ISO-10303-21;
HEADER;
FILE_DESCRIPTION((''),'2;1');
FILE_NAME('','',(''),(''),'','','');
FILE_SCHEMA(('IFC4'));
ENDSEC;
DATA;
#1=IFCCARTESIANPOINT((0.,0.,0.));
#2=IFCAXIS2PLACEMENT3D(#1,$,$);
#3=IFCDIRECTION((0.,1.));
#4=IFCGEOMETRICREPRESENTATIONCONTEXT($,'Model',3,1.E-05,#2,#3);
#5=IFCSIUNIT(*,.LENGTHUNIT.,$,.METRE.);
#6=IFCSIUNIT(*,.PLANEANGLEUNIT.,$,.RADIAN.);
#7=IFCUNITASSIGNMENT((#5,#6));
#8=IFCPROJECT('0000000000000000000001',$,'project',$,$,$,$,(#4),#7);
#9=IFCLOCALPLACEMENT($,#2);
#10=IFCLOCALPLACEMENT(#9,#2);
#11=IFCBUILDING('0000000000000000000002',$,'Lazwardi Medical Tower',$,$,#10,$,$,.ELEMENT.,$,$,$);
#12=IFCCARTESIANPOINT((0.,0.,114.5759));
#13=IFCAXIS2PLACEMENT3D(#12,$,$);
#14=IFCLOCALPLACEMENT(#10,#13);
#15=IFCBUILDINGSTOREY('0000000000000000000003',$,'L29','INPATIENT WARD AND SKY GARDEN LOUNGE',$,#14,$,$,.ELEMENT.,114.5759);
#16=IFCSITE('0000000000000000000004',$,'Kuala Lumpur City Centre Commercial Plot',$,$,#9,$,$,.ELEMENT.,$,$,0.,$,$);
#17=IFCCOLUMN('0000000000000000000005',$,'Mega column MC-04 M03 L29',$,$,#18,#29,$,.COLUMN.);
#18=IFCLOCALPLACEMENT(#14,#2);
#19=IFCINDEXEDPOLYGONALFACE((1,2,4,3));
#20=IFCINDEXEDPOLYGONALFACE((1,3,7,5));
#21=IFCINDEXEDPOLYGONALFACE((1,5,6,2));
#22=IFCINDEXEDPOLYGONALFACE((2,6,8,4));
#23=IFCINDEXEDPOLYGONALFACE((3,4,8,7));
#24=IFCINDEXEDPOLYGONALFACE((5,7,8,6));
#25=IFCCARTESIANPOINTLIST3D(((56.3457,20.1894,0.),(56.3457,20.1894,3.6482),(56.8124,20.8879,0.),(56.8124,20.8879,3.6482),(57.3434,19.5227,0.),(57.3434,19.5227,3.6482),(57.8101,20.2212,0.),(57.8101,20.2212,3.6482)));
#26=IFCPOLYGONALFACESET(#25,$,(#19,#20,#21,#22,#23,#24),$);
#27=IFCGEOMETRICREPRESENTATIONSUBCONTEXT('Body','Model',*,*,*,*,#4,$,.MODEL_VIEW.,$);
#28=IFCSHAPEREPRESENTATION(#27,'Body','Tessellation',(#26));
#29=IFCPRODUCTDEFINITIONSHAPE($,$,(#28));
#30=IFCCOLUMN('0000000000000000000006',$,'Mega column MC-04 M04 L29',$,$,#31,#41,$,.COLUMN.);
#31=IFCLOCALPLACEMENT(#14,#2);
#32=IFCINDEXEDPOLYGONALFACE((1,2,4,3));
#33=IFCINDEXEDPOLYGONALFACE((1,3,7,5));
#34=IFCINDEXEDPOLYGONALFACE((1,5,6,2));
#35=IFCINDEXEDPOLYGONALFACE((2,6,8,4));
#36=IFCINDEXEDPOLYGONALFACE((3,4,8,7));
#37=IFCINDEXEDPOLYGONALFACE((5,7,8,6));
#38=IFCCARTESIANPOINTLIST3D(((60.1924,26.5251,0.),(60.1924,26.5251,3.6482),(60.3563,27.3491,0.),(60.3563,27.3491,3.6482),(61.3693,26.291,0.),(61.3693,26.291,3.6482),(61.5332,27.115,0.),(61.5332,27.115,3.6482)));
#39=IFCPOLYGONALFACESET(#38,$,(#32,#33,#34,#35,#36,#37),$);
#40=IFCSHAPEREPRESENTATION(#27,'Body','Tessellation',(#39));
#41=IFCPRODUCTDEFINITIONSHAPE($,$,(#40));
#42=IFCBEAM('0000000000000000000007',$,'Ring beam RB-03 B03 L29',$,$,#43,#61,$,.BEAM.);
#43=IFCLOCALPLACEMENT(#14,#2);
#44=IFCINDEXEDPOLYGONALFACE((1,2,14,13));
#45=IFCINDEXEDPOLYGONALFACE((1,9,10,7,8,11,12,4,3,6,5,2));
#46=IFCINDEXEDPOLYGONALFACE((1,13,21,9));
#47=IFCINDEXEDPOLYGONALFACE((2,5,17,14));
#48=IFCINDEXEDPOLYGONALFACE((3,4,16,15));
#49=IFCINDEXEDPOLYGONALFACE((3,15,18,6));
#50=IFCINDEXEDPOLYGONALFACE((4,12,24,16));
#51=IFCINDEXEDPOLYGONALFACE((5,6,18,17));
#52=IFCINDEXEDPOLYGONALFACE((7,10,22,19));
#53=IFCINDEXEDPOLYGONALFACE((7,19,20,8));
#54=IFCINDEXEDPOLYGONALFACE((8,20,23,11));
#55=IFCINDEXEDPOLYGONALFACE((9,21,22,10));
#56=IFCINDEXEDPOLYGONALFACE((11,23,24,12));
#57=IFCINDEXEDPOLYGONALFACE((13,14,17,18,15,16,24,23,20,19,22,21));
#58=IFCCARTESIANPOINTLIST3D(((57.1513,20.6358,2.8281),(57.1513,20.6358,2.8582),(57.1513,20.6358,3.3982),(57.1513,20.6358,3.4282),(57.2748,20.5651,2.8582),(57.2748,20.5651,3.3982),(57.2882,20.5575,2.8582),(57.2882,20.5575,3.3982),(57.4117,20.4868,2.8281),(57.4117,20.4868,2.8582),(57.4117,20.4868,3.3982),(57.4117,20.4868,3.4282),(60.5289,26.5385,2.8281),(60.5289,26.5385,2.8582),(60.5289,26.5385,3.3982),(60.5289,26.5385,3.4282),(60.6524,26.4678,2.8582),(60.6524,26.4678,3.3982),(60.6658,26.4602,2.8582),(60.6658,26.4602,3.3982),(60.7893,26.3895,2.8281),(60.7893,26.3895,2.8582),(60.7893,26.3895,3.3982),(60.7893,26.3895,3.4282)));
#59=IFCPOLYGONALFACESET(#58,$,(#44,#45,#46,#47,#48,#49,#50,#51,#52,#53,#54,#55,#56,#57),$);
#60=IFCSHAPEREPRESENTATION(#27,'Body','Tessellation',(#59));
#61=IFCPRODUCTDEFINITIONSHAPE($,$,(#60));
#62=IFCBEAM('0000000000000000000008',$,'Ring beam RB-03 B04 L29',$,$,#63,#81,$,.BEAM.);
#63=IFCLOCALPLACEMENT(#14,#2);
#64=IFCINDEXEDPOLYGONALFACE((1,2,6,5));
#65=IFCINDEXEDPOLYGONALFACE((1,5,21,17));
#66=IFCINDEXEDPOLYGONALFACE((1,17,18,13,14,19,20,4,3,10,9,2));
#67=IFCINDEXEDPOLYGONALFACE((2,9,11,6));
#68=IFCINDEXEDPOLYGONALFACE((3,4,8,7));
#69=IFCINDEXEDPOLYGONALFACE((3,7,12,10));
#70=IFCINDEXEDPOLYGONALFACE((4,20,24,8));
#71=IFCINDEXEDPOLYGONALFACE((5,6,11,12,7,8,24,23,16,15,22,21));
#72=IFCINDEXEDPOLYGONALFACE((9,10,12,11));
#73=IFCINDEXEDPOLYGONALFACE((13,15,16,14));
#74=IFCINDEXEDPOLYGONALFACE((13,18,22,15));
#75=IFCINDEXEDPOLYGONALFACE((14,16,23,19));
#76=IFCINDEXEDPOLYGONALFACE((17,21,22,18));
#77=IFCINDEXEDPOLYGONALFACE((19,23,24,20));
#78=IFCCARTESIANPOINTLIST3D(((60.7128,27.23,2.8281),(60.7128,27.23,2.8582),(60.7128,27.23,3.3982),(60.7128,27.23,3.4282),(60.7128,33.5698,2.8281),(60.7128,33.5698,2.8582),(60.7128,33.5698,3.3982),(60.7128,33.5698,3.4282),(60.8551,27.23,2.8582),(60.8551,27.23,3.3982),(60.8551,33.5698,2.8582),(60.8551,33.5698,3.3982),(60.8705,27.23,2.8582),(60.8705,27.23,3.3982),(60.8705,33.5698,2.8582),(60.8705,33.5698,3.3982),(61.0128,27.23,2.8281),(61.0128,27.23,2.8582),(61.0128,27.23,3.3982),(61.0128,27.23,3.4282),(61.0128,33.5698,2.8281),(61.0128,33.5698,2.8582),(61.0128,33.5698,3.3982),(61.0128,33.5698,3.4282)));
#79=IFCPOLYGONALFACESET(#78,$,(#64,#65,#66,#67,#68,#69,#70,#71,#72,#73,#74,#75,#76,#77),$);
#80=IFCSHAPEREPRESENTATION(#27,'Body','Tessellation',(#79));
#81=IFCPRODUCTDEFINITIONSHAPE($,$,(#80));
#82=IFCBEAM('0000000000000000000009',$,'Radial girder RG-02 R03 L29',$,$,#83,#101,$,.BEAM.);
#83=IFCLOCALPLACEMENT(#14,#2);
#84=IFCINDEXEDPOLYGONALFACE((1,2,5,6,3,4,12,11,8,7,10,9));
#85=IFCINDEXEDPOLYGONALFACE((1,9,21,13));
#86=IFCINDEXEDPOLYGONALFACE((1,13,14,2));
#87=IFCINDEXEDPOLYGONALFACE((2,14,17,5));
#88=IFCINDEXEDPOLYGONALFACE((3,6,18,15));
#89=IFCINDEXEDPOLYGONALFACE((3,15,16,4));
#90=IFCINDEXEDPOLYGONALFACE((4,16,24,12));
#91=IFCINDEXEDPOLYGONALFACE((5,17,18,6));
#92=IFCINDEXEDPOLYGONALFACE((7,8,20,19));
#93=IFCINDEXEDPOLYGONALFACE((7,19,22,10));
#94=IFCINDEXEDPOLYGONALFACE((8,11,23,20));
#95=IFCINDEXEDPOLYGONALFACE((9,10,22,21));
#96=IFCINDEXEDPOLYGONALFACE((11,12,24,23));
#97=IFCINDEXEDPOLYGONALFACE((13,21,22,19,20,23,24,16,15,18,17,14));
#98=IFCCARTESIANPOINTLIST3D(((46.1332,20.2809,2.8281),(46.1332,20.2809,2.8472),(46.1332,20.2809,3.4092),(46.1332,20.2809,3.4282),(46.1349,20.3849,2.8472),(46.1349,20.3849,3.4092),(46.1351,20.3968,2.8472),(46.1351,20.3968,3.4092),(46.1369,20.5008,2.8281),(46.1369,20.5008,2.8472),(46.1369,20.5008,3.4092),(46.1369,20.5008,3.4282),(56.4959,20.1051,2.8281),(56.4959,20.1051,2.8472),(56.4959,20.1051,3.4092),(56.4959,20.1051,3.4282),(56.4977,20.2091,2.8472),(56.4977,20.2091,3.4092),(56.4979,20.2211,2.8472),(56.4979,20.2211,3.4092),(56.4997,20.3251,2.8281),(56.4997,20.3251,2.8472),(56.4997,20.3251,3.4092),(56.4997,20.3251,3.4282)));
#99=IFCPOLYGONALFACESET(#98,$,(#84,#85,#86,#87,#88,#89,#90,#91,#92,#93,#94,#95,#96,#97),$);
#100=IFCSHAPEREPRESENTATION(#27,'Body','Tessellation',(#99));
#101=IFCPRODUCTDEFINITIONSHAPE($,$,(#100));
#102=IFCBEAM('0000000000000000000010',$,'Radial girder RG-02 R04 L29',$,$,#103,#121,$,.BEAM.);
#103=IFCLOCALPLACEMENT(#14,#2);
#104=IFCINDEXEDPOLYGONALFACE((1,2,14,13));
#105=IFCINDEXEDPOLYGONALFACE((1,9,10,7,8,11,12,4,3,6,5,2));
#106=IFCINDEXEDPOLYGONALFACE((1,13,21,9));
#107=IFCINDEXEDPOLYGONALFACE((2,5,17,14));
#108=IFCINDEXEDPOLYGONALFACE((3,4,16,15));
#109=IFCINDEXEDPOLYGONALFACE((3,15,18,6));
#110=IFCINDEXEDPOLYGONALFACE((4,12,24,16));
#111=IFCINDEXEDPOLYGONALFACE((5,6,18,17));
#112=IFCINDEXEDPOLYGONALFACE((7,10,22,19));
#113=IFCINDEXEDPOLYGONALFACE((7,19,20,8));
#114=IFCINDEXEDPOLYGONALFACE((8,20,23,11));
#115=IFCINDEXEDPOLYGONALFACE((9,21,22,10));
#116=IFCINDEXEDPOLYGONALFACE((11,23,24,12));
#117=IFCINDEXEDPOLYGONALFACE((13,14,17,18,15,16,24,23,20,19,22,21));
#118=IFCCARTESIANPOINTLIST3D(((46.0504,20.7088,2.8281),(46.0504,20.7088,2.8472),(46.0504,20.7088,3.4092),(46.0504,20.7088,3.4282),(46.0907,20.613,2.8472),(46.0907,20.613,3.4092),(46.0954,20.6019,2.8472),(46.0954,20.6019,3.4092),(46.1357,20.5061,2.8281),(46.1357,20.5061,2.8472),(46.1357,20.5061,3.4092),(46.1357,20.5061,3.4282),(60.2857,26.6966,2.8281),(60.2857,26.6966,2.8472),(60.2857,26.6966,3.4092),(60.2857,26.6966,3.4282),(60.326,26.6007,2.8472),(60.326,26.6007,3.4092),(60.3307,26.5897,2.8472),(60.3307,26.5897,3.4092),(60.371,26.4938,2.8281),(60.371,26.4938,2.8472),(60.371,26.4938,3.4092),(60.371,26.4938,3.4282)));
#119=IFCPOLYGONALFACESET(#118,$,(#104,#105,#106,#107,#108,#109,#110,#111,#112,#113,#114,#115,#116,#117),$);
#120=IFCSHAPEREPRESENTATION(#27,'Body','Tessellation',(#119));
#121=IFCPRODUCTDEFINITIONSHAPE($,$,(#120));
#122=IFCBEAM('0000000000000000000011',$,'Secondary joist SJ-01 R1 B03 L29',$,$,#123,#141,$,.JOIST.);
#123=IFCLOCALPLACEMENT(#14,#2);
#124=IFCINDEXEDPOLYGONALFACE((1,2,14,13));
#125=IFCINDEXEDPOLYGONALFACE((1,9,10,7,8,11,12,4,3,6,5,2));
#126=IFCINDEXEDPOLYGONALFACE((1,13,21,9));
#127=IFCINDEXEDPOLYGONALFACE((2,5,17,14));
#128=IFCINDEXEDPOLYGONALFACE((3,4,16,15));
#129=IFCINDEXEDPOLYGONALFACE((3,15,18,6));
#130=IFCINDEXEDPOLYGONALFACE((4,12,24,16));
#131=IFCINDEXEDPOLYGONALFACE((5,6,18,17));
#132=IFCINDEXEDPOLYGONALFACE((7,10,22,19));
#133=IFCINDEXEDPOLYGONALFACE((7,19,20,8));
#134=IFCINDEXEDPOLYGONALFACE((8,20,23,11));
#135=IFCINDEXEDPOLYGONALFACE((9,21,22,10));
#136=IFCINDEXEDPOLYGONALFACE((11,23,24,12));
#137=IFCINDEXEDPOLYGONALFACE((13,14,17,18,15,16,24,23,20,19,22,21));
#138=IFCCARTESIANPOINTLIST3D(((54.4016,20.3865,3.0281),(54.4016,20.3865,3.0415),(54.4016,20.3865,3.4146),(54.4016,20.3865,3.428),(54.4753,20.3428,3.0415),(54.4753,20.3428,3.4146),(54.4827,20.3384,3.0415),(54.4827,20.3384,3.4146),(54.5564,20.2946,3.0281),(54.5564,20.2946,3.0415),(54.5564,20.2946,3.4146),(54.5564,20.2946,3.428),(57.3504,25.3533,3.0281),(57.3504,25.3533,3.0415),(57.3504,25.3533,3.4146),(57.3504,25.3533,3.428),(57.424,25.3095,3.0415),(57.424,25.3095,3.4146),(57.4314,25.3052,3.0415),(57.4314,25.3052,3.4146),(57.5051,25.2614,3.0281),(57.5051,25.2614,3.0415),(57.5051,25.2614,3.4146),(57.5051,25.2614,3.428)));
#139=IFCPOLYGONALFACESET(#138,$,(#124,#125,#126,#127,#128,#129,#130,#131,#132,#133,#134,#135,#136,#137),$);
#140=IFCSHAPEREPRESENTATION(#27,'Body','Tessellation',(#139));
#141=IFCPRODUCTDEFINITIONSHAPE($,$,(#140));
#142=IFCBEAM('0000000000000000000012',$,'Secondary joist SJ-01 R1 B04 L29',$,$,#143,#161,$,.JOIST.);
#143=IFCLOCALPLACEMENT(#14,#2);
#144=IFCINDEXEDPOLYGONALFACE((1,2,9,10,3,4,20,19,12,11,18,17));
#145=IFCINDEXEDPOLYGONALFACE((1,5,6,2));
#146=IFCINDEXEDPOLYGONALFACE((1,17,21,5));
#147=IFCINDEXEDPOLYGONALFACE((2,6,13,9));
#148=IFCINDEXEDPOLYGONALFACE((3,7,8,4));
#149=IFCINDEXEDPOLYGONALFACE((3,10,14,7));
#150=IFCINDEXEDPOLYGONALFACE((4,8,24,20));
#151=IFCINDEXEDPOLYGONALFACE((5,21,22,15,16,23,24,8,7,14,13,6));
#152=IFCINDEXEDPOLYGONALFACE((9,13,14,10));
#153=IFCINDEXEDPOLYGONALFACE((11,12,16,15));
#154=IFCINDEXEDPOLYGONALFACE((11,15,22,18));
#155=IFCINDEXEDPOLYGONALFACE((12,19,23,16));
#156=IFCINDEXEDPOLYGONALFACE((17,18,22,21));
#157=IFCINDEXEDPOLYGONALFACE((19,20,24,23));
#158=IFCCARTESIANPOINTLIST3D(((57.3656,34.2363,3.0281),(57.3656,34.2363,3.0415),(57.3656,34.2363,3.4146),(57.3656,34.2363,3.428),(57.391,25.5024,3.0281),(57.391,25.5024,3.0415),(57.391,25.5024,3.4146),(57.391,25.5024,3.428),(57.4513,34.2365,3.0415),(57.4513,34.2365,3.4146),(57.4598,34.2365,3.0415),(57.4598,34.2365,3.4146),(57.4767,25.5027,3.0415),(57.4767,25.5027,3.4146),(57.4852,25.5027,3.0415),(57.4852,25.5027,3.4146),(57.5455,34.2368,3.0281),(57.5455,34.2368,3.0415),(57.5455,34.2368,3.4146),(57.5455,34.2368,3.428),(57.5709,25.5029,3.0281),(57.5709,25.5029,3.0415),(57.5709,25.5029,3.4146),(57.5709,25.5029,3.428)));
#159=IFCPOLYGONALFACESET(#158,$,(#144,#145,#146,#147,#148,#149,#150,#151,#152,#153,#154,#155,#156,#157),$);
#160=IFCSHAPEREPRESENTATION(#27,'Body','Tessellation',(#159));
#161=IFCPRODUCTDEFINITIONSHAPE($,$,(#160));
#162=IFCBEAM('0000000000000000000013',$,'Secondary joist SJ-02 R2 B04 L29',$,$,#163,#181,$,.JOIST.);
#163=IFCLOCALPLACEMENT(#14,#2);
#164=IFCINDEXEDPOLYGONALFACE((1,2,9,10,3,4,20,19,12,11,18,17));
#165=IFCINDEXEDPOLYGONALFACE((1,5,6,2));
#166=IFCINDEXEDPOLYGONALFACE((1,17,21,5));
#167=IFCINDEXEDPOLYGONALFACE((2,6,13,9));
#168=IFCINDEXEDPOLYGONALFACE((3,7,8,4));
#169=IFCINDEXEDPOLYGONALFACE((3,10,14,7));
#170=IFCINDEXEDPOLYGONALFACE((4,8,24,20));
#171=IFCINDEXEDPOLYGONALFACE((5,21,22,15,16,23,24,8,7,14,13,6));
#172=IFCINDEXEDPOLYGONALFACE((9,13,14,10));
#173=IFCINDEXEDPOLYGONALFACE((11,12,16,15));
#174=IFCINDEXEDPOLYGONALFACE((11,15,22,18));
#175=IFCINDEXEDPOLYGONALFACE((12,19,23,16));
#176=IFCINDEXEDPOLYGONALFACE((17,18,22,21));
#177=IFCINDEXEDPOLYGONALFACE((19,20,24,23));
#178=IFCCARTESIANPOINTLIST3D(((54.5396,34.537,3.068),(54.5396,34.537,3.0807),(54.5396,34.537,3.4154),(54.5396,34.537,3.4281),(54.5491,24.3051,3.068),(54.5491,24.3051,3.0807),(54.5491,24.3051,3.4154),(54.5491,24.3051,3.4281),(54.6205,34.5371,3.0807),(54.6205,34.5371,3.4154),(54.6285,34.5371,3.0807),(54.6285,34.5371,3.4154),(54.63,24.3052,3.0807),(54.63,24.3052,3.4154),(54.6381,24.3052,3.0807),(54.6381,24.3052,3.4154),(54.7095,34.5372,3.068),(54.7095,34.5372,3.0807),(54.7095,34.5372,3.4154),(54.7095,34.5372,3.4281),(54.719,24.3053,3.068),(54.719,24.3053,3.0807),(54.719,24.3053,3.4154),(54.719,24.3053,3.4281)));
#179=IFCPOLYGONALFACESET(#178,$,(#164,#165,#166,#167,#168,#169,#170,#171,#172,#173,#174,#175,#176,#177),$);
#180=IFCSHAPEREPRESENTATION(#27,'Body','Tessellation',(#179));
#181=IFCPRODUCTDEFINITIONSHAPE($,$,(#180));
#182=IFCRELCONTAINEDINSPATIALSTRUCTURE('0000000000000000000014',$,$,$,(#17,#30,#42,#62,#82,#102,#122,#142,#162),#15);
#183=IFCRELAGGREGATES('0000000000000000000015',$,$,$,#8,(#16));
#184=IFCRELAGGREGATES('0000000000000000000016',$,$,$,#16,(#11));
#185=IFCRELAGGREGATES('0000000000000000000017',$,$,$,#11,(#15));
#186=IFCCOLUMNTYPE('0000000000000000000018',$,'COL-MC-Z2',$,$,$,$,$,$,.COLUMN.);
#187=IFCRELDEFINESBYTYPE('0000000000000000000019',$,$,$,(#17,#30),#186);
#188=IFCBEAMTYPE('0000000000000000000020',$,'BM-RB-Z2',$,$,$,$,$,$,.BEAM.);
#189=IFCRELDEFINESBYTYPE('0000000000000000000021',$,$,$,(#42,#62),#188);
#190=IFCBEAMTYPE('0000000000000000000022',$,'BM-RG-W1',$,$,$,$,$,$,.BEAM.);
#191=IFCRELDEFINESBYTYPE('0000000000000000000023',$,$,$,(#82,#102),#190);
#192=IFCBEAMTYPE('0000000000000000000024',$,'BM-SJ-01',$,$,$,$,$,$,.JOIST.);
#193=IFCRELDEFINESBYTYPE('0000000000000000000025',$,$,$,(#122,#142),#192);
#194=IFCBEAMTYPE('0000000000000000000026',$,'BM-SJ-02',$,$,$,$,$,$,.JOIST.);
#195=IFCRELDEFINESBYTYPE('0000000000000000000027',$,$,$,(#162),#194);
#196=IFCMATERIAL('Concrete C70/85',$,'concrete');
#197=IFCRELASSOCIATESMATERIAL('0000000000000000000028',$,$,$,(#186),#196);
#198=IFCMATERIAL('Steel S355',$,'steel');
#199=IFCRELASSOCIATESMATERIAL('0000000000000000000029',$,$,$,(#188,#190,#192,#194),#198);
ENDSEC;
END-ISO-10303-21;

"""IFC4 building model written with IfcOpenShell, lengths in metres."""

from ifc_helpers import new_model, si_unit, direction, frame, origin, origin_2d, place, context, subcontext, project, spatial, rectangle, i_section, extrude, material, material_profile, profile_set, type_object, element, save


model = new_model("IFC4")

# Units and contexts
model_context = context("Model", 3, precision=1e-05, world=origin(), true_north=direction((0.0, 1.0)))
body_context = subcontext(model_context, "Body", "Model", "MODEL_VIEW")
ifc_project = project(units=[si_unit("LENGTHUNIT", "METRE"), si_unit("PLANEANGLEUNIT", "RADIAN")], contexts=[model_context])

# Site, building, storey
site_placement = place(None, origin())
site = spatial("IfcSite", under=ifc_project, at=site_placement, Name="Kuala Lumpur City Centre Commercial Plot", CompositionType="ELEMENT", RefElevation=0.0)
building_placement = place(site_placement, origin())
building = spatial("IfcBuilding", under=site, at=building_placement, Name="Lazwardi Medical Tower", CompositionType="ELEMENT")
storey_placement = place(building_placement, frame((0.0, 0.0, 114.5759)))
storey = spatial("IfcBuildingStorey", under=building, at=storey_placement, Name="L29", Description="INPATIENT WARD AND SKY GARDEN LOUNGE", CompositionType="ELEMENT", Elevation=114.5759)

# Columns
ifc_material_1 = material(Name="Concrete C70/85", Category="concrete")
ifc_material_profile_1 = material_profile(ifc_material_1, rectangle(XDim=1.2, YDim=0.8401, at=origin_2d()), Name="CFT-RECT 1200x840")
ifc_profile_set_1 = profile_set([ifc_material_profile_1], Name="Concrete C70/85")
column_type = type_object("IfcColumnType", Name="COL-MC-Z2", PredefinedType="COLUMN", material=ifc_profile_set_1)
for number, where, z_axis, x_axis, name in (
    (1, (57.0779, 20.2053, 0.0), (0.0, 0.0, 1.0), (0.83147, -0.55557, 0.0), "Mega column MC-04 M03 L29"),
    (2, (60.8628, 26.8201, 0.0), (0.0, 0.0, 1.0), (0.980785, -0.19509, 0.0), "Mega column MC-04 M04 L29"),
):
    element("IfcColumn", number, at=place(storey_placement, frame(where, z_axis=z_axis, x_axis=x_axis)), inside=storey, type_object=column_type, Name=name, PredefinedType="COLUMN", context=body_context, shape_type="SweptSolid", body=[
        extrude(rectangle(XDim=1.2, YDim=0.8401, at=origin_2d()), origin(), (0.0, 0.0, 1.0), 3.6482),
    ])

# Beams
ifc_material_2 = material(Name="Steel S355", Category="steel")
ifc_material_profile_2 = material_profile(ifc_material_2, i_section(OverallWidth=0.3, OverallDepth=0.6001, WebThickness=0.0154, FlangeThickness=0.03, at=origin_2d()), Name="HEB 600")
ifc_profile_set_2 = profile_set([ifc_material_profile_2], Name="Steel S355")
beam_type_1 = type_object("IfcBeamType", Name="BM-RB-Z2", PredefinedType="BEAM", material=ifc_profile_set_2)
beam_1_placement = place(storey_placement, frame((57.2815, 20.5613, 3.1282), z_axis=(0.496653, 0.867949, 0.0), x_axis=(-0.867949, 0.496653, 0.0)))
element("IfcBeam", 3, at=beam_1_placement, inside=storey, type_object=beam_type_1, Name="Ring beam RB-03 B03 L29", PredefinedType="BEAM", context=body_context, shape_type="SweptSolid", body=[
    extrude(i_section(OverallWidth=0.3, OverallDepth=0.6001, WebThickness=0.0154, FlangeThickness=0.03, at=origin_2d()), origin(), (0.0, 0.0, 1.0), 6.8008),
])
beam_2_placement = place(storey_placement, frame((60.8628, 27.23, 3.1282), z_axis=(0.0, 1.0, 0.0), x_axis=(-1.0, 0.0, 0.0)))
element("IfcBeam", 4, at=beam_2_placement, inside=storey, type_object=beam_type_1, Name="Ring beam RB-03 B04 L29", PredefinedType="BEAM", context=body_context, shape_type="SweptSolid", body=[
    extrude(i_section(OverallWidth=0.3, OverallDepth=0.6001, WebThickness=0.0154, FlangeThickness=0.03, at=origin_2d()), origin(), (0.0, 0.0, 1.0), 6.3398),
])
ifc_material_profile_3 = material_profile(ifc_material_2, i_section(OverallWidth=0.22, OverallDepth=0.6001, WebThickness=0.012, FlangeThickness=0.019, at=origin_2d()), Name="IPE 600")
ifc_profile_set_3 = profile_set([ifc_material_profile_3], Name="Steel S355")
beam_type_2 = type_object("IfcBeamType", Name="BM-RG-W1", PredefinedType="BEAM", material=ifc_profile_set_3)
beam_3_placement = place(storey_placement, frame((56.4978, 20.2151, 3.1282), z_axis=(-0.999856, 0.01696, 0.0), x_axis=(-0.01696, -0.999856, 0.0)))
element("IfcBeam", 5, at=beam_3_placement, inside=storey, type_object=beam_type_2, Name="Radial girder RG-02 R03 L29", PredefinedType="BEAM", context=body_context, shape_type="SweptSolid", body=[
    extrude(i_section(OverallWidth=0.22, OverallDepth=0.6001, WebThickness=0.012, FlangeThickness=0.019, at=origin_2d()), origin(), (0.0, 0.0, 1.0), 10.3643),
])
beam_4_placement = place(storey_placement, frame((60.3284, 26.5952, 3.1282), z_axis=(-0.921775, -0.387725, 0.0), x_axis=(0.387725, -0.921775, 0.0)))
element("IfcBeam", 6, at=beam_4_placement, inside=storey, type_object=beam_type_2, Name="Radial girder RG-02 R04 L29", PredefinedType="BEAM", context=body_context, shape_type="SweptSolid", body=[
    extrude(i_section(OverallWidth=0.22, OverallDepth=0.6001, WebThickness=0.012, FlangeThickness=0.019, at=origin_2d()), origin(), (0.0, 0.0, 1.0), 15.4434),
])
ifc_material_profile_4 = material_profile(ifc_material_2, i_section(OverallWidth=0.1799, OverallDepth=0.3999, WebThickness=0.0085, FlangeThickness=0.0134, at=origin_2d()), Name="IPE 400")
ifc_profile_set_4 = profile_set([ifc_material_profile_4], Name="Steel S355")
beam_type_3 = type_object("IfcBeamType", Name="BM-SJ-01", PredefinedType="JOIST", material=ifc_profile_set_4)
beam_5_placement = place(storey_placement, frame((54.479, 20.3406, 3.228), z_axis=(0.5105, 0.859878, 0.0), x_axis=(-0.859878, 0.5105, 0.0)))
element("IfcBeam", 7, at=beam_5_placement, inside=storey, type_object=beam_type_3, Name="Secondary joist SJ-01 R1 B03 L29", PredefinedType="JOIST", context=body_context, shape_type="SweptSolid", body=[
    extrude(i_section(OverallWidth=0.1799, OverallDepth=0.3999, WebThickness=0.0085, FlangeThickness=0.0134, at=origin_2d()), origin(), (0.0, 0.0, 1.0), 5.7761),
])
beam_6_placement = place(storey_placement, frame((57.481, 25.5027, 3.228), z_axis=(-0.002907, 0.999996, 0.0), x_axis=(-0.999996, -0.002907, 0.0)))
element("IfcBeam", 8, at=beam_6_placement, inside=storey, type_object=beam_type_3, Name="Secondary joist SJ-01 R1 B04 L29", PredefinedType="JOIST", context=body_context, shape_type="SweptSolid", body=[
    extrude(i_section(OverallWidth=0.1799, OverallDepth=0.3999, WebThickness=0.0085, FlangeThickness=0.0134, at=origin_2d()), origin(), (0.0, 0.0, 1.0), 8.7339),
])
ifc_material_profile_5 = material_profile(ifc_material_2, i_section(OverallWidth=0.1699, OverallDepth=0.3601, WebThickness=0.0081, FlangeThickness=0.0127, at=origin_2d()), Name="IPE 360")
ifc_profile_set_5 = profile_set([ifc_material_profile_5], Name="Steel S355")
beam_type_4 = type_object("IfcBeamType", Name="BM-SJ-02", PredefinedType="JOIST", material=ifc_profile_set_5)
beam_7_placement = place(storey_placement, frame((54.634, 24.3052, 3.248), z_axis=(-0.000931, 1.0, 0.0), x_axis=(-1.0, -0.000931, 0.0)))
element("IfcBeam", 9, at=beam_7_placement, inside=storey, type_object=beam_type_4, Name="Secondary joist SJ-02 R2 B04 L29", PredefinedType="JOIST", context=body_context, shape_type="SweptSolid", body=[
    extrude(i_section(OverallWidth=0.1699, OverallDepth=0.3601, WebThickness=0.0081, FlangeThickness=0.0127, at=origin_2d()), origin(), (0.0, 0.0, 1.0), 10.2319),
])

save(model, "model.ifc")
